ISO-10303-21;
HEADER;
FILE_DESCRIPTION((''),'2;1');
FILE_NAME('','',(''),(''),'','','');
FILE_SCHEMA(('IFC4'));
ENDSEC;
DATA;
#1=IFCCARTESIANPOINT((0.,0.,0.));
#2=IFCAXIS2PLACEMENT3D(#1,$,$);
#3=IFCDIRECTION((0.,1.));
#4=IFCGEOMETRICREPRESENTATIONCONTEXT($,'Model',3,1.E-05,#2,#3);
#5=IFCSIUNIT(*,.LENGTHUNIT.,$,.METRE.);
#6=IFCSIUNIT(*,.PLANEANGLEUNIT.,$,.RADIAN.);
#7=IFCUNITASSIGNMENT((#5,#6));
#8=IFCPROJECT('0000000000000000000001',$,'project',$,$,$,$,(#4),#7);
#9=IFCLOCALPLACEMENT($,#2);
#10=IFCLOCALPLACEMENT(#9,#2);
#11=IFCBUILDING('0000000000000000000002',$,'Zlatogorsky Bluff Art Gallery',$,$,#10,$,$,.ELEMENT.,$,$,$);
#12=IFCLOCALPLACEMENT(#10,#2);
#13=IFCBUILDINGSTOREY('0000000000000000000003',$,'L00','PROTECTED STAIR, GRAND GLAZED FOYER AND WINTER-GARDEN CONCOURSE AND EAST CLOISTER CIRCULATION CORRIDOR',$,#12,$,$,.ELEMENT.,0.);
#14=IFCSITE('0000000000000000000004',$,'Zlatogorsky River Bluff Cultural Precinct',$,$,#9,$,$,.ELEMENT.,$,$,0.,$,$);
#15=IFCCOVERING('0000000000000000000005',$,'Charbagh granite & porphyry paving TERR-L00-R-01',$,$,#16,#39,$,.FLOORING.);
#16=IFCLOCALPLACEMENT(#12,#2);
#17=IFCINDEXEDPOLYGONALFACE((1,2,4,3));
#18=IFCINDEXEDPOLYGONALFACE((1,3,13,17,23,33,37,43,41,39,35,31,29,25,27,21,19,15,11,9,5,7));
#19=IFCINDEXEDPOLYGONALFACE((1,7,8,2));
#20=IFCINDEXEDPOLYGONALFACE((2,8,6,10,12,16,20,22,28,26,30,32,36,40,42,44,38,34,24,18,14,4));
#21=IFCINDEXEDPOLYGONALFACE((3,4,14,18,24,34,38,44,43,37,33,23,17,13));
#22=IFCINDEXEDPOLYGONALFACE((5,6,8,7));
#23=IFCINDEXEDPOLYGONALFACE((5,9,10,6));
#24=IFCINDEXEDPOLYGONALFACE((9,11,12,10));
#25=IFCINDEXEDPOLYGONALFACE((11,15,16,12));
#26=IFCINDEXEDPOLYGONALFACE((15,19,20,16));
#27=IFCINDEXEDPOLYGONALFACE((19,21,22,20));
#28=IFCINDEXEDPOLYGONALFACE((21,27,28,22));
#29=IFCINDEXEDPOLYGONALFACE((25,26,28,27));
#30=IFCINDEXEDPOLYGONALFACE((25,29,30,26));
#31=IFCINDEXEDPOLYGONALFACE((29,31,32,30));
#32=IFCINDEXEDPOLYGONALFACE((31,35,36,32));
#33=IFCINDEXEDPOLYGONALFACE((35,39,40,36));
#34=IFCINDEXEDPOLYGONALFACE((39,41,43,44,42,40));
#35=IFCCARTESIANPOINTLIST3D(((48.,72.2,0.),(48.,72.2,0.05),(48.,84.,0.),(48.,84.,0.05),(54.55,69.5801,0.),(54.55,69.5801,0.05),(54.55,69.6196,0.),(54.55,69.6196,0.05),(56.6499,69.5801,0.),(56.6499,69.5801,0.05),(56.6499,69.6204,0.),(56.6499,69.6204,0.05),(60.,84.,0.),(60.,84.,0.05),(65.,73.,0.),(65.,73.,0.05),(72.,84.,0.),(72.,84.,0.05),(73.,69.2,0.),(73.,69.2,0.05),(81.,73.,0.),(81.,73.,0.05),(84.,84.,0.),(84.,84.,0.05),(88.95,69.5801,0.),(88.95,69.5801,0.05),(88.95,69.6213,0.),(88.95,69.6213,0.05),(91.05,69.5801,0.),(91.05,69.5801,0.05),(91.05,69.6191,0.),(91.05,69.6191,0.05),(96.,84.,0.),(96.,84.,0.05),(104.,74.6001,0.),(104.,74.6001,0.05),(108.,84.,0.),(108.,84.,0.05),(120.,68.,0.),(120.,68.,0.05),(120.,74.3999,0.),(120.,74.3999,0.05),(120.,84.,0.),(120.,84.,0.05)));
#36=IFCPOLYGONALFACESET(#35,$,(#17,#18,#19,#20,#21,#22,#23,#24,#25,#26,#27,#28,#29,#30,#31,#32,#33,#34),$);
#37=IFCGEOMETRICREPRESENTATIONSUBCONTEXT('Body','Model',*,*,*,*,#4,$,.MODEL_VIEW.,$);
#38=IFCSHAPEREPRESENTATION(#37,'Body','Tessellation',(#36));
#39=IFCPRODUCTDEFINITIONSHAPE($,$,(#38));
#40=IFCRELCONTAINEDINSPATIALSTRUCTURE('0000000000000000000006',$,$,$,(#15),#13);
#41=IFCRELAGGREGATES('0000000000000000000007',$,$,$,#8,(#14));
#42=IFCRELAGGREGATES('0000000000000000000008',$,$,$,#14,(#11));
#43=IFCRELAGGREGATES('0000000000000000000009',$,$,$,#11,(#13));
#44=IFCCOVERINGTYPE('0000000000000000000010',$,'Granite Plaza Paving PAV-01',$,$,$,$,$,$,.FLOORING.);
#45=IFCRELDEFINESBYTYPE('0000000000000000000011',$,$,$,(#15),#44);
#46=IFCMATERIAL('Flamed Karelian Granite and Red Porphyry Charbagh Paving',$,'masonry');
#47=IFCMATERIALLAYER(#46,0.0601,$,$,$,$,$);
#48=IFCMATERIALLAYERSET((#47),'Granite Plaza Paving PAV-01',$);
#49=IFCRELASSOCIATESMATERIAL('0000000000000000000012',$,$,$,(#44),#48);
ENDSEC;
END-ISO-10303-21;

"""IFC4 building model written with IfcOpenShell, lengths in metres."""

from ifc_helpers import new_model, si_unit, direction, origin, place, context, subcontext, project, spatial, polyline, outline, extrude, material, layer, layer_set, type_object, element, save


model = new_model("IFC4")

# Units and contexts
model_context = context("Model", 3, precision=1e-05, world=origin(), true_north=direction((0.0, 1.0)))
body_context = subcontext(model_context, "Body", "Model", "MODEL_VIEW")
ifc_project = project(units=[si_unit("LENGTHUNIT", "METRE"), si_unit("PLANEANGLEUNIT", "RADIAN")], contexts=[model_context])

# Site, building, storey
site_placement = place(None, origin())
site = spatial("IfcSite", under=ifc_project, at=site_placement, Name="Zlatogorsky River Bluff Cultural Precinct", CompositionType="ELEMENT", RefElevation=0.0)
building_placement = place(site_placement, origin())
building = spatial("IfcBuilding", under=site, at=building_placement, Name="Zlatogorsky Bluff Art Gallery", CompositionType="ELEMENT")
storey_placement = place(building_placement, origin())
storey = spatial("IfcBuildingStorey", under=building, at=storey_placement, Name="L00", Description="PROTECTED STAIR, GRAND GLAZED FOYER AND WINTER-GARDEN CONCOURSE AND EAST CLOISTER CIRCULATION CORRIDOR", CompositionType="ELEMENT", Elevation=0.0)

# Covering
ifc_material_1 = material(Name="Flamed Karelian Granite and Red Porphyry Charbagh Paving", Category="masonry")
ifc_layer_1 = layer(ifc_material_1, 0.0601)
ifc_layer_set_1 = layer_set([ifc_layer_1], Name="Granite Plaza Paving PAV-01")
covering_type_1 = type_object("IfcCoveringType", Name="Granite Plaza Paving PAV-01", PredefinedType="FLOORING", material=ifc_layer_set_1)
covering_1_placement = place(storey_placement, origin())
element("IfcCovering", 1, at=covering_1_placement, inside=storey, type_object=covering_type_1, Name="Charbagh granite & porphyry paving TERR-L00-R-01", PredefinedType="FLOORING", context=body_context, shape_type="SweptSolid", body=[
    extrude(outline(polyline([(60.0, 84.0), (72.0, 84.0), (84.0, 84.0), (96.0, 84.0), (108.0, 84.0), (120.0, 84.0), (120.0, 74.3999), (120.0, 68.0), (104.0, 74.6001), (91.05, 69.6191), (91.05, 69.5801), (88.95, 69.5801), (88.95, 69.6213), (81.0, 73.0), (73.0, 69.2), (65.0, 73.0), (56.6499, 69.6204), (56.6499, 69.5801), (54.55, 69.5801), (54.55, 69.6196), (48.0, 72.2), (48.0, 84.0), (60.0, 84.0)])), origin(), (0.0, 0.0, 1.0), 0.05),
])

save(model, "model.ifc")
